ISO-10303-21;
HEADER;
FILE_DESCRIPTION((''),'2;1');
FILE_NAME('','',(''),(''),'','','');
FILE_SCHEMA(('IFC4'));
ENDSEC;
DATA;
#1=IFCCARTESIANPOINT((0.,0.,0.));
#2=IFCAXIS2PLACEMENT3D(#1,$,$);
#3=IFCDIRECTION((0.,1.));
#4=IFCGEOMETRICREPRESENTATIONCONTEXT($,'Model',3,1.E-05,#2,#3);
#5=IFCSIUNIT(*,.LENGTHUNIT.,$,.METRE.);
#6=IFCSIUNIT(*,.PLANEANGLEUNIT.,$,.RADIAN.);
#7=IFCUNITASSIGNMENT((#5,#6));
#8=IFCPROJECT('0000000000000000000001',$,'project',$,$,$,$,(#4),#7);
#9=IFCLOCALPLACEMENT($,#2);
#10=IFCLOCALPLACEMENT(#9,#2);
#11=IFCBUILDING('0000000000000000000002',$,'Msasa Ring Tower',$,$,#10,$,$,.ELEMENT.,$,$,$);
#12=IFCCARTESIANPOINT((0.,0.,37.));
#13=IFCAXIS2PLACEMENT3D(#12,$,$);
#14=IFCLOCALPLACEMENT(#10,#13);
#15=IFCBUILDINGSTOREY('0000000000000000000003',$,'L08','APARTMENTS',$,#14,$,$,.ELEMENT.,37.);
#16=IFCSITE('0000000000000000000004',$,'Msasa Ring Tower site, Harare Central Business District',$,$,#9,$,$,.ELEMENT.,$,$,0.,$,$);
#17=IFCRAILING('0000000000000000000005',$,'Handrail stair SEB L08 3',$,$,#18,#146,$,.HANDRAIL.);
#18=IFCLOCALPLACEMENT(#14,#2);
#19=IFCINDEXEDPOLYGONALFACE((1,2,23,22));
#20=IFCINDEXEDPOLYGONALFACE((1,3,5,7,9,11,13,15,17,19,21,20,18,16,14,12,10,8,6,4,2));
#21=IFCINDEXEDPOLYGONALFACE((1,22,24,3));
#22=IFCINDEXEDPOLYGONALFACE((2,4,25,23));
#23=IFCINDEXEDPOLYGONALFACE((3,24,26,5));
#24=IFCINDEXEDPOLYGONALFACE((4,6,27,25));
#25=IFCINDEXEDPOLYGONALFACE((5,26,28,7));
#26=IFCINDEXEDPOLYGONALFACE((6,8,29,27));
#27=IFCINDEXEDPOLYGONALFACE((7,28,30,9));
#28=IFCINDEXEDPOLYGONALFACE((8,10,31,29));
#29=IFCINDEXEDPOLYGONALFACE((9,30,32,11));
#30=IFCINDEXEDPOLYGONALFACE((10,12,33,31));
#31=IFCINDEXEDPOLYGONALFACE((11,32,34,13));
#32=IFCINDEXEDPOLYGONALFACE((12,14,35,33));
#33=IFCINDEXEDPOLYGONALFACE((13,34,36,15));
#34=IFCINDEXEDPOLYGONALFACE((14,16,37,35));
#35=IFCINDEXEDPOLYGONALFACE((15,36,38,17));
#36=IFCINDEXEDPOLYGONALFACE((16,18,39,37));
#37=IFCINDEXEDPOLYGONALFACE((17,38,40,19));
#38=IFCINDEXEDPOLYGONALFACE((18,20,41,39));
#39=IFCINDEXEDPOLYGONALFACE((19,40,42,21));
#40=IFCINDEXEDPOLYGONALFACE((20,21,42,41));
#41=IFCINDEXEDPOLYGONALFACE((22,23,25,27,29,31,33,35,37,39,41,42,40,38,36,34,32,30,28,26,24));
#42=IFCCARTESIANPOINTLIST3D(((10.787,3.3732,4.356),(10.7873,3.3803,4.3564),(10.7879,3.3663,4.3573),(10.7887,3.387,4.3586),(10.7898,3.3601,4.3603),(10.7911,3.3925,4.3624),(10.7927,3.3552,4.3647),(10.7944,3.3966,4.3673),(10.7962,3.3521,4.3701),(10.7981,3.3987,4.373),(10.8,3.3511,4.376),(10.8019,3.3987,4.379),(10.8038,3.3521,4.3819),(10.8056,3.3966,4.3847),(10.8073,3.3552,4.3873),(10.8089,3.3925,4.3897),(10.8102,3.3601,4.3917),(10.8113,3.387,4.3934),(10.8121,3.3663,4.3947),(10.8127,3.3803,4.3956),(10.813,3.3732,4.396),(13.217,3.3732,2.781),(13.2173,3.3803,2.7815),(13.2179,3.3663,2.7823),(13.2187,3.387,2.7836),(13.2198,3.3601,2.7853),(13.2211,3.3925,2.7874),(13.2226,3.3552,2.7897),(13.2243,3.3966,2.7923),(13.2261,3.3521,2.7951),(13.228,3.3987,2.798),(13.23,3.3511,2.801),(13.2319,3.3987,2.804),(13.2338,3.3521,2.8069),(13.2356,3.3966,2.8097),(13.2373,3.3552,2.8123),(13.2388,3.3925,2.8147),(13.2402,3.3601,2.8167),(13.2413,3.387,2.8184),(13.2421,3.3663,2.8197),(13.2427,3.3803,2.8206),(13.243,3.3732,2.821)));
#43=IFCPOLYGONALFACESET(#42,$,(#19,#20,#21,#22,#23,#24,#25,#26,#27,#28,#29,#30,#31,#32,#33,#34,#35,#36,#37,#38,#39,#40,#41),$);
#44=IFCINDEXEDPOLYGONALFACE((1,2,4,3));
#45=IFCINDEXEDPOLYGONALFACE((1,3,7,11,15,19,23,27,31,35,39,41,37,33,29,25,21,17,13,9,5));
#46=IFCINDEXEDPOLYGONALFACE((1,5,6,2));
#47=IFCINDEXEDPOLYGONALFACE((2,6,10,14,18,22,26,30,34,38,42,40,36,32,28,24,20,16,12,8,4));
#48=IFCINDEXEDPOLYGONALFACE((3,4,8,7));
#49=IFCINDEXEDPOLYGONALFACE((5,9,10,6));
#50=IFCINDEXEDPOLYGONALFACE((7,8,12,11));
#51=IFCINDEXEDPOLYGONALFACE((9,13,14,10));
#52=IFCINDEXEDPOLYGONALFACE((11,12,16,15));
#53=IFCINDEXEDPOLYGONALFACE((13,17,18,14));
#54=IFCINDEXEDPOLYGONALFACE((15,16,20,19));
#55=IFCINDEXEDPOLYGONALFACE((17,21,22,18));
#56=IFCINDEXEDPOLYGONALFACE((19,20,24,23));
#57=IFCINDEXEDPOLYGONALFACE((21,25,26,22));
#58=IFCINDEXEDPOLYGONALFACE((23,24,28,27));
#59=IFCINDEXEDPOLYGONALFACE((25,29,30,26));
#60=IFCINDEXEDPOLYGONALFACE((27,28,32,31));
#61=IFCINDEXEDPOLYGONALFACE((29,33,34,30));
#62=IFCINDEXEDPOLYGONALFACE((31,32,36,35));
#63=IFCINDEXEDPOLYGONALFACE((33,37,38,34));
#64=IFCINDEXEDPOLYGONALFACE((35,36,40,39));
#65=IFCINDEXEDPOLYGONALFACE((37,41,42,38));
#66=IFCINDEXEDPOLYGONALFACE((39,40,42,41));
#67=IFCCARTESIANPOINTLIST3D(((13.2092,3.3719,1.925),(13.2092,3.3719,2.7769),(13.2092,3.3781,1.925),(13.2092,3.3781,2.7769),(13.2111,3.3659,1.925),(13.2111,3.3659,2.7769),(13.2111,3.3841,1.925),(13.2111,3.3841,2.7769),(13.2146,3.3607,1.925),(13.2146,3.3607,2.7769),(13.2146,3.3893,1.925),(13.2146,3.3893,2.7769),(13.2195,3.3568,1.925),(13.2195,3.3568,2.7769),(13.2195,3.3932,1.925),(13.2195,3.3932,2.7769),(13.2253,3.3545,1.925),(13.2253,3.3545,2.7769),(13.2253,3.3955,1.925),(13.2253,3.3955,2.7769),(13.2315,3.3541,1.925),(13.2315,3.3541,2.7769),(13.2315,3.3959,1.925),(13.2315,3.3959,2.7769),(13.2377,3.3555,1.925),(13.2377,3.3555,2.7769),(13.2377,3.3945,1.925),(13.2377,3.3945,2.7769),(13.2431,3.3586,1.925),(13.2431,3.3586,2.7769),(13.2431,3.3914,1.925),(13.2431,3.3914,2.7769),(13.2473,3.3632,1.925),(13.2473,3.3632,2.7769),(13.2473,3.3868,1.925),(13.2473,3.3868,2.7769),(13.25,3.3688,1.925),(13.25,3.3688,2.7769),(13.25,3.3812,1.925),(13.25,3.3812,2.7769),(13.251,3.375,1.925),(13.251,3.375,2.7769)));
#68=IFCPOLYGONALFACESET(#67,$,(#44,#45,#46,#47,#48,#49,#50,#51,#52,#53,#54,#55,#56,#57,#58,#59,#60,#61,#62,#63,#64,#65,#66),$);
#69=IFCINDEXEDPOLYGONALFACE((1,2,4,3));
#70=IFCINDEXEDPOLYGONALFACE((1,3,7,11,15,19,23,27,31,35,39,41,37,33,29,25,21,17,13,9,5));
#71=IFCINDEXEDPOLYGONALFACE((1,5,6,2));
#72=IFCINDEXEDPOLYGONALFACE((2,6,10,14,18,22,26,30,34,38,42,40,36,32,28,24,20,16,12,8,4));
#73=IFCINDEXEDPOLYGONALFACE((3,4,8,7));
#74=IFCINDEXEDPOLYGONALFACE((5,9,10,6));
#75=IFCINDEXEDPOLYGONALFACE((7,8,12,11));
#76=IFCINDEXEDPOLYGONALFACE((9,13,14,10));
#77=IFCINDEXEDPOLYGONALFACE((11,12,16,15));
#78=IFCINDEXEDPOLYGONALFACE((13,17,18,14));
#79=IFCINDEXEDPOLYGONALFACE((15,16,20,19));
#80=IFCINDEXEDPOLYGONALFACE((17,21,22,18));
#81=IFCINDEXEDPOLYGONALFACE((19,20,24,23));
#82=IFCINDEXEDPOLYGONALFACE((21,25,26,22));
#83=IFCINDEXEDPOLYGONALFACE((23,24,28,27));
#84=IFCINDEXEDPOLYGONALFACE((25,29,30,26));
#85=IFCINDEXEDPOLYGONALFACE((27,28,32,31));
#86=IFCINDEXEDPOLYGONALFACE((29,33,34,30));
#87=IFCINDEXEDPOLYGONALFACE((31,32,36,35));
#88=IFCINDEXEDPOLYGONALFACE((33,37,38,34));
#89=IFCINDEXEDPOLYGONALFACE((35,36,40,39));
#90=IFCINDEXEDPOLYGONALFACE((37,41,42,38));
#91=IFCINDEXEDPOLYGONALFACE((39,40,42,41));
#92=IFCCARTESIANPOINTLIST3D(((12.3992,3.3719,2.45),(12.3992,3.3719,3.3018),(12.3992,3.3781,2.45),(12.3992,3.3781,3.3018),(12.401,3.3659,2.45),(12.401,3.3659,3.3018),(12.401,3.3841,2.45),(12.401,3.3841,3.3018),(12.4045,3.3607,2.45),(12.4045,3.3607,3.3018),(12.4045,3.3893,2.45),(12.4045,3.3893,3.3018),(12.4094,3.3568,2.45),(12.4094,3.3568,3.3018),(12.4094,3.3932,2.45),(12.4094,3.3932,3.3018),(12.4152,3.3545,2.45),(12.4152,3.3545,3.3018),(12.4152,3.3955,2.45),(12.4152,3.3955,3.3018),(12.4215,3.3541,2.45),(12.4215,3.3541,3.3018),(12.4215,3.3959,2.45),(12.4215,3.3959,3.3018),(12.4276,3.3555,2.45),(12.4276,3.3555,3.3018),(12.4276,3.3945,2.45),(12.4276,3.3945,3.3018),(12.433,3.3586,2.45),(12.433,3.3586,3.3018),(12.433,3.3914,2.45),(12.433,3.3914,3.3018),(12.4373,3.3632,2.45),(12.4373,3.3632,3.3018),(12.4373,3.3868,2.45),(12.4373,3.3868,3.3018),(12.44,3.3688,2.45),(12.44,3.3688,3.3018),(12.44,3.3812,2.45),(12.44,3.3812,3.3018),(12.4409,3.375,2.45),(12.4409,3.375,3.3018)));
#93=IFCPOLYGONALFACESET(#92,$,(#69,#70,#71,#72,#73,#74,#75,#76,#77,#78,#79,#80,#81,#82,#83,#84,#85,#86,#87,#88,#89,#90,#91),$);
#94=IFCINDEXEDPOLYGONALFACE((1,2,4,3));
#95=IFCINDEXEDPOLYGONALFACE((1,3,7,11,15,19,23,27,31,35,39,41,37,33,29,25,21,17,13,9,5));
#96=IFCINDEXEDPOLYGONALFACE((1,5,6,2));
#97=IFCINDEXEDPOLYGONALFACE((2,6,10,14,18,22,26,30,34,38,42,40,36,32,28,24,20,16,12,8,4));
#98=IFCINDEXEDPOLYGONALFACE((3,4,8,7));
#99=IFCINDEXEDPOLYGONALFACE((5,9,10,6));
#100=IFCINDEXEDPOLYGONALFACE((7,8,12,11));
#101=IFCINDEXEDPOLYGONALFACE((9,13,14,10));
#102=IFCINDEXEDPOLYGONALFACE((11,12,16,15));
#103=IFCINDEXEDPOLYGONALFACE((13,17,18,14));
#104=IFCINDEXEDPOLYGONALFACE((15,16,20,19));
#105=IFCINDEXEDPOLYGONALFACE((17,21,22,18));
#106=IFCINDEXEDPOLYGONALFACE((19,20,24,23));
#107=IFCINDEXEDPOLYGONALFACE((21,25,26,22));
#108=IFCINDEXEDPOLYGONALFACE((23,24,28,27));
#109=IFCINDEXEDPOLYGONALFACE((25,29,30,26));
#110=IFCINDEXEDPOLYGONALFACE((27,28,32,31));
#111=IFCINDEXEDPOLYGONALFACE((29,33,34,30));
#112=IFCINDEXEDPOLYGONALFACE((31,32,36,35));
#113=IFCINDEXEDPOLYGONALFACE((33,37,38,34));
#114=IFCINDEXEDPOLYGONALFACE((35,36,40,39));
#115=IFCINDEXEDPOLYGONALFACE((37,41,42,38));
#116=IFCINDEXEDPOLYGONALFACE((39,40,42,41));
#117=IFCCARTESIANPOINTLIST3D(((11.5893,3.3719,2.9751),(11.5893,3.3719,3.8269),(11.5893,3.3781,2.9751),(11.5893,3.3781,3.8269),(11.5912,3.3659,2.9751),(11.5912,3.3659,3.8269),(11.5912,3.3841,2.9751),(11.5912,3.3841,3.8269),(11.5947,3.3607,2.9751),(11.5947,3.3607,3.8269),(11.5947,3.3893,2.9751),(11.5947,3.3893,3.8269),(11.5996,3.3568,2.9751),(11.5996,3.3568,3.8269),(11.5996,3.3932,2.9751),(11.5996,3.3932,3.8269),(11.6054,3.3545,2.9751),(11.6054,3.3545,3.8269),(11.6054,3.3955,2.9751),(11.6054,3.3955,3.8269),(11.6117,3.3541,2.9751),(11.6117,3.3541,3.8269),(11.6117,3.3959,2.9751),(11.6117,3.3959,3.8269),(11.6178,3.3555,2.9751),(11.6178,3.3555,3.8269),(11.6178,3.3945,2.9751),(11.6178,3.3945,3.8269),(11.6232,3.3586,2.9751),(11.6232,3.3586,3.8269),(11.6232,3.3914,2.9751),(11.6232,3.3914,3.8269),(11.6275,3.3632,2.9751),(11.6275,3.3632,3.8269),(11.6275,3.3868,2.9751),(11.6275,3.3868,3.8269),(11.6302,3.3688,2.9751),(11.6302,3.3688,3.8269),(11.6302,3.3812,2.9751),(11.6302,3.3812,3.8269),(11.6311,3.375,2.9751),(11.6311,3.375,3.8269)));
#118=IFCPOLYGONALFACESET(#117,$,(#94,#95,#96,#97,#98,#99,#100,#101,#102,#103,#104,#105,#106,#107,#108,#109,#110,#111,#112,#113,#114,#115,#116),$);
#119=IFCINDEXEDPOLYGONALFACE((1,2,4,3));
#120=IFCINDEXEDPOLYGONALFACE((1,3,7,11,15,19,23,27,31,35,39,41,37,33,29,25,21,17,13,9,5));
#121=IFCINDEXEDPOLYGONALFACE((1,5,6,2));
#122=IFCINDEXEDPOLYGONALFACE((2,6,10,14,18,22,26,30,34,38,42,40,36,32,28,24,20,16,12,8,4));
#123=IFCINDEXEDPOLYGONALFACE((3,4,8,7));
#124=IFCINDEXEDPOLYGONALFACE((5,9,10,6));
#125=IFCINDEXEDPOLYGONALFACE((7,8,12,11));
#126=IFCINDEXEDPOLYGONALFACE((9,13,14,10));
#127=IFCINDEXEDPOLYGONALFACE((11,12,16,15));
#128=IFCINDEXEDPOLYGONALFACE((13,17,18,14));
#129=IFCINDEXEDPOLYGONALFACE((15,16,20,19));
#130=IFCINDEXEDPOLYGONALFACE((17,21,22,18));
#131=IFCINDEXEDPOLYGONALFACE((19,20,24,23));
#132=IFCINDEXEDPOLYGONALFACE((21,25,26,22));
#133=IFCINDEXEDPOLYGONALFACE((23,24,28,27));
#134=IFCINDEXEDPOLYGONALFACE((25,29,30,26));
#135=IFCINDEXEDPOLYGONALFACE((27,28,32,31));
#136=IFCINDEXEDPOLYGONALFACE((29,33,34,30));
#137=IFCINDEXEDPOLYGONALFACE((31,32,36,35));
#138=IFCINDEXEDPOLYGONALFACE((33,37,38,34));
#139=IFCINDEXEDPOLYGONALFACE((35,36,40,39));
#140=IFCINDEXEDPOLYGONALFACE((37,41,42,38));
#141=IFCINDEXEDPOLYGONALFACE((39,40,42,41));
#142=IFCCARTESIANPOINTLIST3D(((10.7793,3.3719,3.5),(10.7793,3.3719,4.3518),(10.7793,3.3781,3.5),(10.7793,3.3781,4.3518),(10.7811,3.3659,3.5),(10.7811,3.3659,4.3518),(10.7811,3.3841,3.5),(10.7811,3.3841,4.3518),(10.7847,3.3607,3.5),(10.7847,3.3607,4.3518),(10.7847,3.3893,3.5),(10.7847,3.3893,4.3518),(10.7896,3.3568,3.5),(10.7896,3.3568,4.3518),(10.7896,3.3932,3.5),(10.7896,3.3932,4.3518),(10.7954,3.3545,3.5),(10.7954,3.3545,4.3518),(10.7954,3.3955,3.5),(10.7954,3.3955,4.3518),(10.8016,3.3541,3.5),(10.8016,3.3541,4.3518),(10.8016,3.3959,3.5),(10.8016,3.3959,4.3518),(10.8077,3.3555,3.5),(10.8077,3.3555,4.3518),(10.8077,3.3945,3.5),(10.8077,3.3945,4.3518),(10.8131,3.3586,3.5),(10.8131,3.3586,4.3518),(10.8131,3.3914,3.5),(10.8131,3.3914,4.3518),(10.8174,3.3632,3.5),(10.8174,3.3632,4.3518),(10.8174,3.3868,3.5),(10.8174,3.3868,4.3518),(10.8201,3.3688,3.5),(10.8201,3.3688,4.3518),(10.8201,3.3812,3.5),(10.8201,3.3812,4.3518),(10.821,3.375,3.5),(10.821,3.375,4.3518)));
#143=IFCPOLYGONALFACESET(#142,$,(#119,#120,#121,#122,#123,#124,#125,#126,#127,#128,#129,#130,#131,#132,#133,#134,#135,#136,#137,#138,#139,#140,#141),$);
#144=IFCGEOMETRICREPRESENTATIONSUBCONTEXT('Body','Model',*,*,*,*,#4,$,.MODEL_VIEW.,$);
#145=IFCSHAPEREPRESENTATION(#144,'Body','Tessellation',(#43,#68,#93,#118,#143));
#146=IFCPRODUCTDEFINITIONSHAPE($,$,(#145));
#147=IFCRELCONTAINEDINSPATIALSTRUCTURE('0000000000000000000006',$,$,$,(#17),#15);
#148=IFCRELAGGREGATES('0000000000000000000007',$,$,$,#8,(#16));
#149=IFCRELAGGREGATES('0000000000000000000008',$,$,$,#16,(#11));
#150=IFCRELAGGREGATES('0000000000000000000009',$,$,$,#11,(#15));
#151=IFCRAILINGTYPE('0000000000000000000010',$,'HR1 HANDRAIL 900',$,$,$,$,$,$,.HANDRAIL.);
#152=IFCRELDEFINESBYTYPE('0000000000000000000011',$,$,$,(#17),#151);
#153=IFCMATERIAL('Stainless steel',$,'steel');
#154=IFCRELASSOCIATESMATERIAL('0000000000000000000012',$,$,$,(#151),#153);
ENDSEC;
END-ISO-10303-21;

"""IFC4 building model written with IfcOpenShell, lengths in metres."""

from ifc_helpers import new_model, si_unit, direction, frame, origin, origin_2d, place, context, subcontext, project, spatial, circle, extrude, material, type_object, element, save


model = new_model("IFC4")

# Units and contexts
model_context = context("Model", 3, precision=1e-05, world=origin(), true_north=direction((0.0, 1.0)))
body_context = subcontext(model_context, "Body", "Model", "MODEL_VIEW")
ifc_project = project(units=[si_unit("LENGTHUNIT", "METRE"), si_unit("PLANEANGLEUNIT", "RADIAN")], contexts=[model_context])

# Site, building, storey
site_placement = place(None, origin())
site = spatial("IfcSite", under=ifc_project, at=site_placement, Name="Msasa Ring Tower site, Harare Central Business District", CompositionType="ELEMENT", RefElevation=0.0)
building_placement = place(site_placement, origin())
building = spatial("IfcBuilding", under=site, at=building_placement, Name="Msasa Ring Tower", CompositionType="ELEMENT")
storey_placement = place(building_placement, frame((0.0, 0.0, 37.0)))
storey = spatial("IfcBuildingStorey", under=building, at=storey_placement, Name="L08", Description="APARTMENTS", CompositionType="ELEMENT", Elevation=37.0)

# Railing
ifc_material_1 = material(Name="Stainless steel", Category="steel")
railing_type = type_object("IfcRailingType", Name="HR1 HANDRAIL 900", PredefinedType="HANDRAIL", material=ifc_material_1)
for number, where, name in (
    (1, (13.23, 3.375, 1.925), "Handrail stair SEB L08 3"),
):
    element("IfcRailing", number, at=place(storey_placement, frame(where)), inside=storey, type_object=railing_type, Name=name, PredefinedType="HANDRAIL", context=body_context, shape_type="SweptSolid", body=[
        extrude(circle(Radius=0.0239, at=origin_2d()), frame((0.0, 0.0, 0.876), z_axis=(-0.839154, 0.0, 0.543894), x_axis=(0.0, -1.0, 0.0)), (0.0, 0.0, 1.0), 2.8958),
        extrude(circle(Radius=0.021, at=origin_2d()), origin(), (0.0, 0.0, 1.0), 0.8518),
        extrude(circle(Radius=0.021, at=origin_2d()), frame((-0.8101, 0.0, 0.5249)), (0.0, 0.0, 1.0), 0.8518),
        extrude(circle(Radius=0.021, at=origin_2d()), frame((-1.6199, 0.0, 1.05)), (0.0, 0.0, 1.0), 0.8518),
        extrude(circle(Radius=0.021, at=origin_2d()), frame((-2.4299, 0.0, 1.575)), (0.0, 0.0, 1.0), 0.8518),
    ])

save(model, "model.ifc")
